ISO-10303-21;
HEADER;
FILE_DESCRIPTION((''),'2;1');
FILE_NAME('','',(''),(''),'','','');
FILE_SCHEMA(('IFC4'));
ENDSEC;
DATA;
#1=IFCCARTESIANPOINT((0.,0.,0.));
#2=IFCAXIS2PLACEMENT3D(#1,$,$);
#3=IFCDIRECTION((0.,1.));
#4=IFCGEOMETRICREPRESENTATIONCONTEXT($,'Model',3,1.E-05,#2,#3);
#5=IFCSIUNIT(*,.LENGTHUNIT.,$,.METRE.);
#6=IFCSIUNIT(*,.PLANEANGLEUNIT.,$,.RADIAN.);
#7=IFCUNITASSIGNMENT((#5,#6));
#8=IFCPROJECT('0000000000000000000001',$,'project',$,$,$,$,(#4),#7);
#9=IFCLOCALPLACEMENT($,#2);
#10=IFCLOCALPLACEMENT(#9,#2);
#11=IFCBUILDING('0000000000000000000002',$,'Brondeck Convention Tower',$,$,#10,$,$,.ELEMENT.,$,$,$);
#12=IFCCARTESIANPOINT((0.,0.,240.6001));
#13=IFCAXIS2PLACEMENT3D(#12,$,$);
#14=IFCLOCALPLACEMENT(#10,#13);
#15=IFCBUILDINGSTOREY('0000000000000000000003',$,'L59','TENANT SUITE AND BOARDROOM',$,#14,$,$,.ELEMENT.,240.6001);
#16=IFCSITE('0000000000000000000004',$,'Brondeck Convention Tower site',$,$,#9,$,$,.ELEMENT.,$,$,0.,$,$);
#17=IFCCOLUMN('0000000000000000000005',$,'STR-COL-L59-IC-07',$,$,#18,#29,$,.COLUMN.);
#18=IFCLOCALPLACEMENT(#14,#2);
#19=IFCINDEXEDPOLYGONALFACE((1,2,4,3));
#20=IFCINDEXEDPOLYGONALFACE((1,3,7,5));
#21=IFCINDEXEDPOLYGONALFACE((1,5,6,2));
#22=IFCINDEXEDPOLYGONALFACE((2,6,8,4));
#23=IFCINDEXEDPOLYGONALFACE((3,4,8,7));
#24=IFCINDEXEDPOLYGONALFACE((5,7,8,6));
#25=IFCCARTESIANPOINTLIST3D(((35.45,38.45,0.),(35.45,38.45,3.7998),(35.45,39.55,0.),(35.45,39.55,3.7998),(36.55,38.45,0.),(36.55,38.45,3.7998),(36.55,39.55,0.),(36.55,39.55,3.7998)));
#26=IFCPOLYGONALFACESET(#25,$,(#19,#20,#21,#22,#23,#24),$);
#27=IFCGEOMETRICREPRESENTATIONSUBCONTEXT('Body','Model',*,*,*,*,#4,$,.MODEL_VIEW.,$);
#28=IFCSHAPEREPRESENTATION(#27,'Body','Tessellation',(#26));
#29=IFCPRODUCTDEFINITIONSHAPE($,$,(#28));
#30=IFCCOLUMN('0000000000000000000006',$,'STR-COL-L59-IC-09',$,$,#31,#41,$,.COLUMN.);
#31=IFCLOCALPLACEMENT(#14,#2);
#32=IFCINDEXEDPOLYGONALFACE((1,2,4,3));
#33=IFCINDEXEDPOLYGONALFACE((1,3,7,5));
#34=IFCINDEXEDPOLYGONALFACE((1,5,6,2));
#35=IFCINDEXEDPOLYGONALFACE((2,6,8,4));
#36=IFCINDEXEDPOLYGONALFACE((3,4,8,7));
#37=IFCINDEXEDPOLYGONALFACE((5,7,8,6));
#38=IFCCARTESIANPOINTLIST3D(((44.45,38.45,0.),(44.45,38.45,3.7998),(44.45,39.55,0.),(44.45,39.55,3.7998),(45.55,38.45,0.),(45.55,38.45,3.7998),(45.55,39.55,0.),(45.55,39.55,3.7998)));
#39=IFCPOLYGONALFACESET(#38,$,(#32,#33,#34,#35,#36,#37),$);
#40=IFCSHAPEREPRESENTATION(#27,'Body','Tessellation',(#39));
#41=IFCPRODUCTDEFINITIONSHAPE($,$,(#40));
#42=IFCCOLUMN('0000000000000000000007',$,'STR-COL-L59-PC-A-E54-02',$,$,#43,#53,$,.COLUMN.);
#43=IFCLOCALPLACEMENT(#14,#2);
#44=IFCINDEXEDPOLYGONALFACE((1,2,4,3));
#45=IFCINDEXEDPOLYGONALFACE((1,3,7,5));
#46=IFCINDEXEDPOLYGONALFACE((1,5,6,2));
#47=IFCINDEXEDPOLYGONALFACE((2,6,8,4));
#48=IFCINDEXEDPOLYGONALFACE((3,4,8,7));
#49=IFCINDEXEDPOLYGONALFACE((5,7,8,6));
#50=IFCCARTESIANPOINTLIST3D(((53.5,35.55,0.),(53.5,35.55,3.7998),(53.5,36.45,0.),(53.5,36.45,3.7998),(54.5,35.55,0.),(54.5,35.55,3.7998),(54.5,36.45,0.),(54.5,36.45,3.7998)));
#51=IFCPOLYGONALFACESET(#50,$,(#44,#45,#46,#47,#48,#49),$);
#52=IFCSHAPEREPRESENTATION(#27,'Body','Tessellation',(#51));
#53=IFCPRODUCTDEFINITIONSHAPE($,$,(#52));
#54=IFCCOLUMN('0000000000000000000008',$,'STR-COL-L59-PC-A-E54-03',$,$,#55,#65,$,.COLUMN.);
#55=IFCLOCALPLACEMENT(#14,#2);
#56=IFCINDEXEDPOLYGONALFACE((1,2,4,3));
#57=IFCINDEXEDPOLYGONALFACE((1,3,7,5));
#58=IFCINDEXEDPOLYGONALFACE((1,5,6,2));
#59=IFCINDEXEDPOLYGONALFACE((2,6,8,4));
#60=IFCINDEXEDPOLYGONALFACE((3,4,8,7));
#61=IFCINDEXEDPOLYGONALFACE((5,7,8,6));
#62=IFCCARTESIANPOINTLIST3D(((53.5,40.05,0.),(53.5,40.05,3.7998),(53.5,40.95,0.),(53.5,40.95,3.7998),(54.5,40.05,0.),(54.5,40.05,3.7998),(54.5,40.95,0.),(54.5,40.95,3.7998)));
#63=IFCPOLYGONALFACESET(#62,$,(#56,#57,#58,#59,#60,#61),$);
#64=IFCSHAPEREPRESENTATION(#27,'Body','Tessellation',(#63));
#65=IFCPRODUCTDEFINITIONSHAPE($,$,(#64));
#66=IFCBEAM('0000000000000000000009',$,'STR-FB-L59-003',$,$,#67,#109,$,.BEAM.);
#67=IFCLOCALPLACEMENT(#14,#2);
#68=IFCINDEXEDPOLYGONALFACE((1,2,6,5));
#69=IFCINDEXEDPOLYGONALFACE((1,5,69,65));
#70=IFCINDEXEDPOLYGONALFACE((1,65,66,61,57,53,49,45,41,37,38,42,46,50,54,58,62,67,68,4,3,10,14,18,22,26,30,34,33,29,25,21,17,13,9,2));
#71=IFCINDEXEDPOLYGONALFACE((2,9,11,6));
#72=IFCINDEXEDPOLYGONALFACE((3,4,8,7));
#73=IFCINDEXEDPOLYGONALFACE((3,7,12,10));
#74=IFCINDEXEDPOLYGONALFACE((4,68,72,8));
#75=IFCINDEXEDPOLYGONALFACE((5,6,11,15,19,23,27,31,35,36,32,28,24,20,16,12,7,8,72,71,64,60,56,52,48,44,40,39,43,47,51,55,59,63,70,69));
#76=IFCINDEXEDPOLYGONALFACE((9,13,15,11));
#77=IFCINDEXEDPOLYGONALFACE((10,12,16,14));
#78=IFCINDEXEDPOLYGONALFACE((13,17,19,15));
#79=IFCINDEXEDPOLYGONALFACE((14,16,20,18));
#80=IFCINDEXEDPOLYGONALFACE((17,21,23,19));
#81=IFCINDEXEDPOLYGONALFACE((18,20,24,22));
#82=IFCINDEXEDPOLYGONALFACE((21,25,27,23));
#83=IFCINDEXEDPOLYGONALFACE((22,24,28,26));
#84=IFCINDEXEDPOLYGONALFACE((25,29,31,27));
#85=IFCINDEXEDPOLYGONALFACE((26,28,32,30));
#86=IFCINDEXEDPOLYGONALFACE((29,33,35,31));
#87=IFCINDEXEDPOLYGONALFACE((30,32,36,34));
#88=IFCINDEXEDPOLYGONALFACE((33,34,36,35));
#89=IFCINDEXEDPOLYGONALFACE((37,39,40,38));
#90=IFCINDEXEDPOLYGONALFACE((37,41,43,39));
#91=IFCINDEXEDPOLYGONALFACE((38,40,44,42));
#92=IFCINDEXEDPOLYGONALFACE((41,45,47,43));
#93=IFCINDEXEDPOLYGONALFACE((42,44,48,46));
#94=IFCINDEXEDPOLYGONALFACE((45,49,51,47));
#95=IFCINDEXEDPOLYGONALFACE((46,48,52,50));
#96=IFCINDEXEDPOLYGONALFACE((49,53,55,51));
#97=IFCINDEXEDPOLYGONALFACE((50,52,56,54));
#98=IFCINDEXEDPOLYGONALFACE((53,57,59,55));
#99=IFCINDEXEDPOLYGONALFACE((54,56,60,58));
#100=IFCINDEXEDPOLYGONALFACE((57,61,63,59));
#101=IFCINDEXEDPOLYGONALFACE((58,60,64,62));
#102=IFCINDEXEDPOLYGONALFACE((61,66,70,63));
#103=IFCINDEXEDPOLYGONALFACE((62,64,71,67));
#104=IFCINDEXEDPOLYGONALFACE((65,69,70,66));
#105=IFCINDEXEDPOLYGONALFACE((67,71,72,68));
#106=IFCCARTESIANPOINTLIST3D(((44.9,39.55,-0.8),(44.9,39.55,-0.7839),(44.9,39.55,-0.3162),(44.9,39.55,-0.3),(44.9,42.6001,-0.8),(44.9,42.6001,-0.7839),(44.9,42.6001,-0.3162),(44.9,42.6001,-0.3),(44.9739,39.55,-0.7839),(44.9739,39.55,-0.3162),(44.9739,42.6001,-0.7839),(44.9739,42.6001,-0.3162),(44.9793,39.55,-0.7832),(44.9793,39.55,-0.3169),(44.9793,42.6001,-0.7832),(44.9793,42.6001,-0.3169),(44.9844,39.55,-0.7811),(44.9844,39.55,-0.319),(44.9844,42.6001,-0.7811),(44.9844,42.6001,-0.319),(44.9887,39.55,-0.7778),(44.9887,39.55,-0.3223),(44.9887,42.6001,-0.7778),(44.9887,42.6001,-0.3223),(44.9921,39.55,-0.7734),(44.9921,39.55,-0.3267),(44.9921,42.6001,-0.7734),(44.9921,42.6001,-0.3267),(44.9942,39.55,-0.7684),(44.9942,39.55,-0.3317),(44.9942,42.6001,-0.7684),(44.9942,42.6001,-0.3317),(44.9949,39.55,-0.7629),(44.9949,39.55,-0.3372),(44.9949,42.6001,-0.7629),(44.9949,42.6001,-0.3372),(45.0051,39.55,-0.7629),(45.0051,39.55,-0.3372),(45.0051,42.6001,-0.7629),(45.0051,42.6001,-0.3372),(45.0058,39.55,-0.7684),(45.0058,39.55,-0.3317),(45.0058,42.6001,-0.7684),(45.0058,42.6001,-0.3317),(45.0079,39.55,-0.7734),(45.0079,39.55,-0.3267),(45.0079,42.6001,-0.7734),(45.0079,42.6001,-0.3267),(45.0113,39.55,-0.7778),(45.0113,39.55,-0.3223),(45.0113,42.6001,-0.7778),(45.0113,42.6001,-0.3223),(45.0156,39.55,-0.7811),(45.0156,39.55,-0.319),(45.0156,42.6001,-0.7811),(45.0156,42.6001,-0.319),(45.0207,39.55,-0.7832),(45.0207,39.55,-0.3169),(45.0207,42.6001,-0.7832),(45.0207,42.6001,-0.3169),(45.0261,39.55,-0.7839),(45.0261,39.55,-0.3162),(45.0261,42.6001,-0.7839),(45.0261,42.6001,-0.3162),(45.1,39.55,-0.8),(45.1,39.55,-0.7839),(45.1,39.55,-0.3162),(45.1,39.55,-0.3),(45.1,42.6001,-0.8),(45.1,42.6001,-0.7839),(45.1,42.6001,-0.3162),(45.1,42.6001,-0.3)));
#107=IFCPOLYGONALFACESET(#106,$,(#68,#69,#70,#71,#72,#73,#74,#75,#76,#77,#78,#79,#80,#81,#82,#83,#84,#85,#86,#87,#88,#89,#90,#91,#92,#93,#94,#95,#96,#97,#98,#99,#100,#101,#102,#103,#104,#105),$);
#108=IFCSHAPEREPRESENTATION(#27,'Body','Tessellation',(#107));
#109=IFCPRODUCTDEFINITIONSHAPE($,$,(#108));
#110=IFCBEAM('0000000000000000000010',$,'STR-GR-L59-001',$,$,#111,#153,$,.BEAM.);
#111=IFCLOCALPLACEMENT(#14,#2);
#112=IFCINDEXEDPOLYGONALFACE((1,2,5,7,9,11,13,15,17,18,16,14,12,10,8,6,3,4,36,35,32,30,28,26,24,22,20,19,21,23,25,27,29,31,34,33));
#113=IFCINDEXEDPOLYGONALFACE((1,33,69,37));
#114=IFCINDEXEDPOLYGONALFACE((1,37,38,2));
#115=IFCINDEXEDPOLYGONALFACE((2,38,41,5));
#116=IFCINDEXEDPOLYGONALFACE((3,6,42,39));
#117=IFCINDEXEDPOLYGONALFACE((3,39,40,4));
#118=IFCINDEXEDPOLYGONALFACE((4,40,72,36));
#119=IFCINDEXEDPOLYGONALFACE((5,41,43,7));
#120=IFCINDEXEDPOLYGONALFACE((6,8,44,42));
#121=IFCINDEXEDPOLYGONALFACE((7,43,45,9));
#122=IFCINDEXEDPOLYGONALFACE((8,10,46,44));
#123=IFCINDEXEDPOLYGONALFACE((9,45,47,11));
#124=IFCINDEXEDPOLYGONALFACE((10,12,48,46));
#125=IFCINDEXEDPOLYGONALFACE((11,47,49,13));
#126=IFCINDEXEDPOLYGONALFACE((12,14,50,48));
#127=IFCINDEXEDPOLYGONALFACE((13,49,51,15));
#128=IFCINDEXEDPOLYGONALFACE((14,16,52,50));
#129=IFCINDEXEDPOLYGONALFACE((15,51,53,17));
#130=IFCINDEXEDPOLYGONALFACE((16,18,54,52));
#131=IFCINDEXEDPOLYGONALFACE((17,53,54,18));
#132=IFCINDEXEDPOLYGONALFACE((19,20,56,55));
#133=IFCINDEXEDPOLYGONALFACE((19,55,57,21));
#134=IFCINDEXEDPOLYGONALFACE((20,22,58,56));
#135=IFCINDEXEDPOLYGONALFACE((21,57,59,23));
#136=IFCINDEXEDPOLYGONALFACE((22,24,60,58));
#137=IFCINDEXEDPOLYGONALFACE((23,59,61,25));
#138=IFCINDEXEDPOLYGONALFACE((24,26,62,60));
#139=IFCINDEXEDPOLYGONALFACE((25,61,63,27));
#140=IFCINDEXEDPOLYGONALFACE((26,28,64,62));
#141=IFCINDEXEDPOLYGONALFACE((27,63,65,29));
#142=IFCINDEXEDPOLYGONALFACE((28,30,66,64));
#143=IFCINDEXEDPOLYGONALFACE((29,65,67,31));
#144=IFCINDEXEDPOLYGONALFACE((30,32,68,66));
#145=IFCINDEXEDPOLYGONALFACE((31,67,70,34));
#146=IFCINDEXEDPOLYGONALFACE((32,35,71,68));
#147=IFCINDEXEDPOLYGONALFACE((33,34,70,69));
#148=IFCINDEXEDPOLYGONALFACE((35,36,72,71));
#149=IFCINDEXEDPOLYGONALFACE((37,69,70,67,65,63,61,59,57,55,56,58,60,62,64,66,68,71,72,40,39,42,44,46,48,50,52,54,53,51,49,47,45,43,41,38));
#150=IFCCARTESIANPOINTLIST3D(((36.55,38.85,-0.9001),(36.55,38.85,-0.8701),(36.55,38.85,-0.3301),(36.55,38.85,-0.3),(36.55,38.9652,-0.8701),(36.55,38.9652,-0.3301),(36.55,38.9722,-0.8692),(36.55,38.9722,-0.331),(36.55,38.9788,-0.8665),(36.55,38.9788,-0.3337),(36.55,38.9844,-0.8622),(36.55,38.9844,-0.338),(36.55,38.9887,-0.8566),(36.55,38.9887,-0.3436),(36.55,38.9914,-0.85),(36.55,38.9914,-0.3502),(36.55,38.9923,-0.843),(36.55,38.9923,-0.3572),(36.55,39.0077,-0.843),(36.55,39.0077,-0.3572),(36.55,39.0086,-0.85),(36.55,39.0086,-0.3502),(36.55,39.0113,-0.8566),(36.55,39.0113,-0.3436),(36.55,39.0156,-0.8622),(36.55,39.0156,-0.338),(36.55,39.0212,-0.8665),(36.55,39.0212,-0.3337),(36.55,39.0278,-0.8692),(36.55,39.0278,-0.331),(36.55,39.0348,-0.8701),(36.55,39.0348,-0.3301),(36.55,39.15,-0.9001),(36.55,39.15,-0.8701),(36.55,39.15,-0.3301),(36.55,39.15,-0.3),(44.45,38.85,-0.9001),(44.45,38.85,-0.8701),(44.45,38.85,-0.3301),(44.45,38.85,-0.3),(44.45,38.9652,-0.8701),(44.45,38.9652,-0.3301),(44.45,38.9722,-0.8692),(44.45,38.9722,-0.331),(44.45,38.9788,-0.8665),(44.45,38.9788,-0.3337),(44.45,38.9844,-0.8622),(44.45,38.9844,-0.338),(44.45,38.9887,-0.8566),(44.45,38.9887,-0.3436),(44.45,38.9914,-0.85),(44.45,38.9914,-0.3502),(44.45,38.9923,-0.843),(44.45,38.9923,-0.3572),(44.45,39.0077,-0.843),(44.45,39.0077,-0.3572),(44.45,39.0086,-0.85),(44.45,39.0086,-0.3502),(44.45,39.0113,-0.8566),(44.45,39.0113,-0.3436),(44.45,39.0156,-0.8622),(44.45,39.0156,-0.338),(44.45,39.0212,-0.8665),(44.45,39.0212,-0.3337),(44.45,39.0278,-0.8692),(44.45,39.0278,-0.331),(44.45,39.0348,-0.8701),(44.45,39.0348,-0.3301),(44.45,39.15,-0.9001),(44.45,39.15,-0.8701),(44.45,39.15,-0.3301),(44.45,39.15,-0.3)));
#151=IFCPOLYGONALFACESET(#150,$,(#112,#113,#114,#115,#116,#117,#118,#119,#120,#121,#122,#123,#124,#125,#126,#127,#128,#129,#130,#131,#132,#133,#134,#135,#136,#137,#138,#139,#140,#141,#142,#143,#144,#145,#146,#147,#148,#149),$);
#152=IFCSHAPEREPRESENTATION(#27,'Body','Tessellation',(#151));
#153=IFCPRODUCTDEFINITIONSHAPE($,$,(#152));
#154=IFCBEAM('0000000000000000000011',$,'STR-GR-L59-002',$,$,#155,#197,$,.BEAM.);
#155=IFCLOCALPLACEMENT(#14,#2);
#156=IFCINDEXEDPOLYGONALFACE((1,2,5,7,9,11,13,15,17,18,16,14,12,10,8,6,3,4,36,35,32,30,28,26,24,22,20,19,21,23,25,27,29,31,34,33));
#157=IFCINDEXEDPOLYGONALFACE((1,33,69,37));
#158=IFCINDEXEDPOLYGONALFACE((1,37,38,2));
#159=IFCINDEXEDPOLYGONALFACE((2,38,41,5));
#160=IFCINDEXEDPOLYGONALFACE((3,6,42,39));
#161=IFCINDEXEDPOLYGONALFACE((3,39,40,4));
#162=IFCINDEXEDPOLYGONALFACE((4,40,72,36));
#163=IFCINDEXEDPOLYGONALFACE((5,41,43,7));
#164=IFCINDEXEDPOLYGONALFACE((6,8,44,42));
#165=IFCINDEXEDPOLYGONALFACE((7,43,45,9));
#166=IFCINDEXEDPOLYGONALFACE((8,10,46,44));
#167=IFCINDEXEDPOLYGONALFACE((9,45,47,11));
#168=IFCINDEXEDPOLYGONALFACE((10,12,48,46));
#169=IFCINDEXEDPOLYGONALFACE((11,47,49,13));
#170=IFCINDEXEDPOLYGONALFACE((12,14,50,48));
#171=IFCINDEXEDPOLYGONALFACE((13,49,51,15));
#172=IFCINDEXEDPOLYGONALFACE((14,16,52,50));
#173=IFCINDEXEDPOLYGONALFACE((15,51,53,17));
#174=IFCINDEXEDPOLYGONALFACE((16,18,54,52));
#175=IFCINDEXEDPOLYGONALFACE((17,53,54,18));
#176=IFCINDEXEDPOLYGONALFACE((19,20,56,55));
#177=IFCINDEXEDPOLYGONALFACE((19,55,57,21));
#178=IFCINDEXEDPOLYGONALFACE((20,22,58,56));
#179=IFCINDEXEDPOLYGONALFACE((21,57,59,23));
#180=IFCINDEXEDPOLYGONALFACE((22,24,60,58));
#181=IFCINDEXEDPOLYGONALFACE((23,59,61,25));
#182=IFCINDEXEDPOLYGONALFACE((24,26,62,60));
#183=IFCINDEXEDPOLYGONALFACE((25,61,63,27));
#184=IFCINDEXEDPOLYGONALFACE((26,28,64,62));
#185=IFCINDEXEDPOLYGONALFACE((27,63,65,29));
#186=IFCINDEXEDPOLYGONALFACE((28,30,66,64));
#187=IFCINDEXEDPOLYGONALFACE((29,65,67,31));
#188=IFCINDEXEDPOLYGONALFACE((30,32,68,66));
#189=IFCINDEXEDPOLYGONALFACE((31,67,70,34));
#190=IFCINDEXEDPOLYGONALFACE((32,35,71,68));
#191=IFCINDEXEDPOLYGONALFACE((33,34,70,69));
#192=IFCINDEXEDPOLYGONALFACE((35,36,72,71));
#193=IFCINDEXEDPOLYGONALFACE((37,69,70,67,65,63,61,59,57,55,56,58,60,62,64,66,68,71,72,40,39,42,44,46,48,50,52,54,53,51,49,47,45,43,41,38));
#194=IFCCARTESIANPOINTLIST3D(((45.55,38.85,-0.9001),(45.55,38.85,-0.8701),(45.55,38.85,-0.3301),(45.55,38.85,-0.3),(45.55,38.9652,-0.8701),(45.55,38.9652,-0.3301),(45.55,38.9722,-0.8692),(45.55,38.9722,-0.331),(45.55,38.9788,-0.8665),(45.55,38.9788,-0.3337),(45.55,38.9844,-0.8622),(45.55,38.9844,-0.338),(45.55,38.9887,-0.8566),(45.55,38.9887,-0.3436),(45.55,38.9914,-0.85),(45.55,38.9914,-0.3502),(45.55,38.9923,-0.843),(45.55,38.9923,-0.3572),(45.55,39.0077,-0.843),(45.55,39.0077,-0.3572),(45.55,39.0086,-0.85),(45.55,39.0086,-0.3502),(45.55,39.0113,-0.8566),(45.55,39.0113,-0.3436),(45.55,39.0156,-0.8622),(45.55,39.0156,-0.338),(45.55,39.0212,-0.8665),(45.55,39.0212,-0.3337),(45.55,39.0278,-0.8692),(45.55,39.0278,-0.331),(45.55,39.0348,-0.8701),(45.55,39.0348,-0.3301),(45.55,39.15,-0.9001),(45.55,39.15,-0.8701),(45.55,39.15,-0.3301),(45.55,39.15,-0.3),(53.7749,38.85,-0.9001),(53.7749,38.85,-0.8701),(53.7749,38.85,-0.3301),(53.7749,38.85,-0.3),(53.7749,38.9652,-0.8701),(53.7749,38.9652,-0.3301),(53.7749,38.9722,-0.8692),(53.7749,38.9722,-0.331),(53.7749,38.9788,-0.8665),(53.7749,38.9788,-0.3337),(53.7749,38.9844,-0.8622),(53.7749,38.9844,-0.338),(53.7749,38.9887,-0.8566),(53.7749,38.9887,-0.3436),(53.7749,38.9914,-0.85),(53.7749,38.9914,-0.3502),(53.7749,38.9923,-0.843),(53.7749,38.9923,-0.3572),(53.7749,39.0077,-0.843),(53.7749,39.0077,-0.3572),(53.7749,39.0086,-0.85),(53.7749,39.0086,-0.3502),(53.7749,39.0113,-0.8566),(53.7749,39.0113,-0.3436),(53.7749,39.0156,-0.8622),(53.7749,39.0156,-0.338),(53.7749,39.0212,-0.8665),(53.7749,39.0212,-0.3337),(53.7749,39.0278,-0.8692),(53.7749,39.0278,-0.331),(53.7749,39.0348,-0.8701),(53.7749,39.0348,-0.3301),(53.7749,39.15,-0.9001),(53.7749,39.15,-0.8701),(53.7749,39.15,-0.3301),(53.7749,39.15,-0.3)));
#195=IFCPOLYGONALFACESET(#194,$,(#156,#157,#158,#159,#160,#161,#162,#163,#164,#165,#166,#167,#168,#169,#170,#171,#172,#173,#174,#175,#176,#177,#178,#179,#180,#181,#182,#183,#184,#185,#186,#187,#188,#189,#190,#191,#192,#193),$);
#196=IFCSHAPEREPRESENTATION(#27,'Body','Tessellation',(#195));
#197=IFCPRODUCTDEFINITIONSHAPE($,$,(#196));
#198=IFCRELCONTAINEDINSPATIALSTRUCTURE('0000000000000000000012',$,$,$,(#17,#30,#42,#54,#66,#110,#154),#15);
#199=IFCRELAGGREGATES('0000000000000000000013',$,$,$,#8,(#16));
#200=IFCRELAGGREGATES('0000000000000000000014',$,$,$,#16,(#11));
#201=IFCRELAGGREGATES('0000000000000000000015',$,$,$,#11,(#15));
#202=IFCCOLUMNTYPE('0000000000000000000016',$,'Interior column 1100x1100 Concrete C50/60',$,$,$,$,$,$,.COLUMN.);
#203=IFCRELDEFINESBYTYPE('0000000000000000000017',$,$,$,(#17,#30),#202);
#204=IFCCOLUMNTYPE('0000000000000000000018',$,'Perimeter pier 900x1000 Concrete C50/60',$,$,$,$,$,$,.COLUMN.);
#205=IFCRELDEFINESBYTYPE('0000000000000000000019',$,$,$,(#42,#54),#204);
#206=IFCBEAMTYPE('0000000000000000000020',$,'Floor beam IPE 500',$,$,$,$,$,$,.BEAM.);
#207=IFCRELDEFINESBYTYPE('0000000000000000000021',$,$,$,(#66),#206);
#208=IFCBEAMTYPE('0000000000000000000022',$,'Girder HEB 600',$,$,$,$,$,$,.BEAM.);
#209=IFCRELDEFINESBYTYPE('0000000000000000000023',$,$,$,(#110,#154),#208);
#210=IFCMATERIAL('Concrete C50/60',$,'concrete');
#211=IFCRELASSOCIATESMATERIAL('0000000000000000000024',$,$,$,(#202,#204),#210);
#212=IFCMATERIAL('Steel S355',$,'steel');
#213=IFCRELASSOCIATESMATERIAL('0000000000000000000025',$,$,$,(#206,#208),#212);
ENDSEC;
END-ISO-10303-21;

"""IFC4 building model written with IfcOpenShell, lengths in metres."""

from ifc_helpers import new_model, si_unit, direction, frame, origin, origin_2d, place, context, subcontext, project, spatial, rectangle, i_section, extrude, material, material_profile, profile_set, type_object, element, save


model = new_model("IFC4")

# Units and contexts
model_context = context("Model", 3, precision=1e-05, world=origin(), true_north=direction((0.0, 1.0)))
body_context = subcontext(model_context, "Body", "Model", "MODEL_VIEW")
ifc_project = project(units=[si_unit("LENGTHUNIT", "METRE"), si_unit("PLANEANGLEUNIT", "RADIAN")], contexts=[model_context])

# Site, building, storey
site_placement = place(None, origin())
site = spatial("IfcSite", under=ifc_project, at=site_placement, Name="Brondeck Convention Tower site", CompositionType="ELEMENT", RefElevation=0.0)
building_placement = place(site_placement, origin())
building = spatial("IfcBuilding", under=site, at=building_placement, Name="Brondeck Convention Tower", CompositionType="ELEMENT")
storey_placement = place(building_placement, frame((0.0, 0.0, 240.6001)))
storey = spatial("IfcBuildingStorey", under=building, at=storey_placement, Name="L59", Description="TENANT SUITE AND BOARDROOM", CompositionType="ELEMENT", Elevation=240.6001)

# Columns
ifc_material_1 = material(Name="Concrete C50/60", Category="concrete")
ifc_material_profile_1 = material_profile(ifc_material_1, rectangle(XDim=1.1001, YDim=1.1001, at=origin_2d()), Name="Interior column 1100x1100 Concrete C50/60")
ifc_profile_set_1 = profile_set([ifc_material_profile_1], Name="Concrete C50/60")
column_type_1 = type_object("IfcColumnType", Name="Interior column 1100x1100 Concrete C50/60", PredefinedType="COLUMN", material=ifc_profile_set_1)
for number, where, z_axis, x_axis, name in (
    (1, (36.0, 39.0, 0.0), (0.0, 0.0, 1.0), (1.0, 0.0, 0.0), "STR-COL-L59-IC-07"),
    (2, (45.0, 39.0, 0.0), (0.0, 0.0, 1.0), (1.0, 0.0, 0.0), "STR-COL-L59-IC-09"),
):
    element("IfcColumn", number, at=place(storey_placement, frame(where, z_axis=z_axis, x_axis=x_axis)), inside=storey, type_object=column_type_1, Name=name, PredefinedType="COLUMN", context=body_context, shape_type="SweptSolid", body=[
        extrude(rectangle(XDim=1.1001, YDim=1.1001, at=origin_2d()), origin(), (0.0, 0.0, 1.0), 3.7998),
    ])
ifc_material_profile_2 = material_profile(ifc_material_1, rectangle(XDim=0.8999, YDim=1.0, at=origin_2d()), Name="Perimeter pier 900x1000 Concrete C50/60")
ifc_profile_set_2 = profile_set([ifc_material_profile_2], Name="Concrete C50/60")
column_type_2 = type_object("IfcColumnType", Name="Perimeter pier 900x1000 Concrete C50/60", PredefinedType="COLUMN", material=ifc_profile_set_2)
for number, where, z_axis, x_axis, name in (
    (3, (54.0, 36.0, 0.0), (0.0, 0.0, 1.0), (0.0, 1.0, 0.0), "STR-COL-L59-PC-A-E54-02"),
    (4, (54.0, 40.5, 0.0), (0.0, 0.0, 1.0), (0.0, 1.0, 0.0), "STR-COL-L59-PC-A-E54-03"),
):
    element("IfcColumn", number, at=place(storey_placement, frame(where, z_axis=z_axis, x_axis=x_axis)), inside=storey, type_object=column_type_2, Name=name, PredefinedType="COLUMN", context=body_context, shape_type="SweptSolid", body=[
        extrude(rectangle(XDim=0.8999, YDim=1.0, at=origin_2d()), origin(), (0.0, 0.0, 1.0), 3.7998),
    ])

# Beams
ifc_material_2 = material(Name="Steel S355", Category="steel")
ifc_material_profile_3 = material_profile(ifc_material_2, i_section(OverallWidth=0.2, OverallDepth=0.5, WebThickness=0.0103, FlangeThickness=0.0161, FilletRadius=0.021, at=origin_2d()), Name="IPE 500")
ifc_profile_set_3 = profile_set([ifc_material_profile_3], Name="Steel S355")
beam_type_1 = type_object("IfcBeamType", Name="Floor beam IPE 500", PredefinedType="BEAM", material=ifc_profile_set_3)
beam_1_placement = place(storey_placement, frame((45.0, 39.55, -0.55), z_axis=(0.0, 1.0, 0.0), x_axis=(-1.0, 0.0, 0.0)))
element("IfcBeam", 5, at=beam_1_placement, inside=storey, type_object=beam_type_1, Name="STR-FB-L59-003", PredefinedType="BEAM", context=body_context, shape_type="SweptSolid", body=[
    extrude(i_section(OverallWidth=0.2, OverallDepth=0.5, WebThickness=0.0103, FlangeThickness=0.0161, FilletRadius=0.021, at=origin_2d()), origin(), (0.0, 0.0, 1.0), 3.05),
])
ifc_material_profile_4 = material_profile(ifc_material_2, i_section(OverallWidth=0.3, OverallDepth=0.6001, WebThickness=0.0154, FlangeThickness=0.03, FilletRadius=0.0271, at=origin_2d()), Name="HEB 600")
ifc_profile_set_4 = profile_set([ifc_material_profile_4], Name="Steel S355")
beam_type_2 = type_object("IfcBeamType", Name="Girder HEB 600", PredefinedType="BEAM", material=ifc_profile_set_4)
beam_2_placement = place(storey_placement, frame((36.55, 39.0, -0.6001), z_axis=(1.0, 0.0, 0.0), x_axis=(0.0, 1.0, 0.0)))
element("IfcBeam", 6, at=beam_2_placement, inside=storey, type_object=beam_type_2, Name="STR-GR-L59-001", PredefinedType="BEAM", context=body_context, shape_type="SweptSolid", body=[
    extrude(i_section(OverallWidth=0.3, OverallDepth=0.6001, WebThickness=0.0154, FlangeThickness=0.03, FilletRadius=0.0271, at=origin_2d()), origin(), (0.0, 0.0, 1.0), 7.8999),
])
beam_3_placement = place(storey_placement, frame((45.55, 39.0, -0.6001), z_axis=(1.0, 0.0, 0.0), x_axis=(0.0, 1.0, 0.0)))
element("IfcBeam", 7, at=beam_3_placement, inside=storey, type_object=beam_type_2, Name="STR-GR-L59-002", PredefinedType="BEAM", context=body_context, shape_type="SweptSolid", body=[
    extrude(i_section(OverallWidth=0.3, OverallDepth=0.6001, WebThickness=0.0154, FlangeThickness=0.03, FilletRadius=0.0271, at=origin_2d()), origin(), (0.0, 0.0, 1.0), 8.2249),
])

save(model, "model.ifc")
